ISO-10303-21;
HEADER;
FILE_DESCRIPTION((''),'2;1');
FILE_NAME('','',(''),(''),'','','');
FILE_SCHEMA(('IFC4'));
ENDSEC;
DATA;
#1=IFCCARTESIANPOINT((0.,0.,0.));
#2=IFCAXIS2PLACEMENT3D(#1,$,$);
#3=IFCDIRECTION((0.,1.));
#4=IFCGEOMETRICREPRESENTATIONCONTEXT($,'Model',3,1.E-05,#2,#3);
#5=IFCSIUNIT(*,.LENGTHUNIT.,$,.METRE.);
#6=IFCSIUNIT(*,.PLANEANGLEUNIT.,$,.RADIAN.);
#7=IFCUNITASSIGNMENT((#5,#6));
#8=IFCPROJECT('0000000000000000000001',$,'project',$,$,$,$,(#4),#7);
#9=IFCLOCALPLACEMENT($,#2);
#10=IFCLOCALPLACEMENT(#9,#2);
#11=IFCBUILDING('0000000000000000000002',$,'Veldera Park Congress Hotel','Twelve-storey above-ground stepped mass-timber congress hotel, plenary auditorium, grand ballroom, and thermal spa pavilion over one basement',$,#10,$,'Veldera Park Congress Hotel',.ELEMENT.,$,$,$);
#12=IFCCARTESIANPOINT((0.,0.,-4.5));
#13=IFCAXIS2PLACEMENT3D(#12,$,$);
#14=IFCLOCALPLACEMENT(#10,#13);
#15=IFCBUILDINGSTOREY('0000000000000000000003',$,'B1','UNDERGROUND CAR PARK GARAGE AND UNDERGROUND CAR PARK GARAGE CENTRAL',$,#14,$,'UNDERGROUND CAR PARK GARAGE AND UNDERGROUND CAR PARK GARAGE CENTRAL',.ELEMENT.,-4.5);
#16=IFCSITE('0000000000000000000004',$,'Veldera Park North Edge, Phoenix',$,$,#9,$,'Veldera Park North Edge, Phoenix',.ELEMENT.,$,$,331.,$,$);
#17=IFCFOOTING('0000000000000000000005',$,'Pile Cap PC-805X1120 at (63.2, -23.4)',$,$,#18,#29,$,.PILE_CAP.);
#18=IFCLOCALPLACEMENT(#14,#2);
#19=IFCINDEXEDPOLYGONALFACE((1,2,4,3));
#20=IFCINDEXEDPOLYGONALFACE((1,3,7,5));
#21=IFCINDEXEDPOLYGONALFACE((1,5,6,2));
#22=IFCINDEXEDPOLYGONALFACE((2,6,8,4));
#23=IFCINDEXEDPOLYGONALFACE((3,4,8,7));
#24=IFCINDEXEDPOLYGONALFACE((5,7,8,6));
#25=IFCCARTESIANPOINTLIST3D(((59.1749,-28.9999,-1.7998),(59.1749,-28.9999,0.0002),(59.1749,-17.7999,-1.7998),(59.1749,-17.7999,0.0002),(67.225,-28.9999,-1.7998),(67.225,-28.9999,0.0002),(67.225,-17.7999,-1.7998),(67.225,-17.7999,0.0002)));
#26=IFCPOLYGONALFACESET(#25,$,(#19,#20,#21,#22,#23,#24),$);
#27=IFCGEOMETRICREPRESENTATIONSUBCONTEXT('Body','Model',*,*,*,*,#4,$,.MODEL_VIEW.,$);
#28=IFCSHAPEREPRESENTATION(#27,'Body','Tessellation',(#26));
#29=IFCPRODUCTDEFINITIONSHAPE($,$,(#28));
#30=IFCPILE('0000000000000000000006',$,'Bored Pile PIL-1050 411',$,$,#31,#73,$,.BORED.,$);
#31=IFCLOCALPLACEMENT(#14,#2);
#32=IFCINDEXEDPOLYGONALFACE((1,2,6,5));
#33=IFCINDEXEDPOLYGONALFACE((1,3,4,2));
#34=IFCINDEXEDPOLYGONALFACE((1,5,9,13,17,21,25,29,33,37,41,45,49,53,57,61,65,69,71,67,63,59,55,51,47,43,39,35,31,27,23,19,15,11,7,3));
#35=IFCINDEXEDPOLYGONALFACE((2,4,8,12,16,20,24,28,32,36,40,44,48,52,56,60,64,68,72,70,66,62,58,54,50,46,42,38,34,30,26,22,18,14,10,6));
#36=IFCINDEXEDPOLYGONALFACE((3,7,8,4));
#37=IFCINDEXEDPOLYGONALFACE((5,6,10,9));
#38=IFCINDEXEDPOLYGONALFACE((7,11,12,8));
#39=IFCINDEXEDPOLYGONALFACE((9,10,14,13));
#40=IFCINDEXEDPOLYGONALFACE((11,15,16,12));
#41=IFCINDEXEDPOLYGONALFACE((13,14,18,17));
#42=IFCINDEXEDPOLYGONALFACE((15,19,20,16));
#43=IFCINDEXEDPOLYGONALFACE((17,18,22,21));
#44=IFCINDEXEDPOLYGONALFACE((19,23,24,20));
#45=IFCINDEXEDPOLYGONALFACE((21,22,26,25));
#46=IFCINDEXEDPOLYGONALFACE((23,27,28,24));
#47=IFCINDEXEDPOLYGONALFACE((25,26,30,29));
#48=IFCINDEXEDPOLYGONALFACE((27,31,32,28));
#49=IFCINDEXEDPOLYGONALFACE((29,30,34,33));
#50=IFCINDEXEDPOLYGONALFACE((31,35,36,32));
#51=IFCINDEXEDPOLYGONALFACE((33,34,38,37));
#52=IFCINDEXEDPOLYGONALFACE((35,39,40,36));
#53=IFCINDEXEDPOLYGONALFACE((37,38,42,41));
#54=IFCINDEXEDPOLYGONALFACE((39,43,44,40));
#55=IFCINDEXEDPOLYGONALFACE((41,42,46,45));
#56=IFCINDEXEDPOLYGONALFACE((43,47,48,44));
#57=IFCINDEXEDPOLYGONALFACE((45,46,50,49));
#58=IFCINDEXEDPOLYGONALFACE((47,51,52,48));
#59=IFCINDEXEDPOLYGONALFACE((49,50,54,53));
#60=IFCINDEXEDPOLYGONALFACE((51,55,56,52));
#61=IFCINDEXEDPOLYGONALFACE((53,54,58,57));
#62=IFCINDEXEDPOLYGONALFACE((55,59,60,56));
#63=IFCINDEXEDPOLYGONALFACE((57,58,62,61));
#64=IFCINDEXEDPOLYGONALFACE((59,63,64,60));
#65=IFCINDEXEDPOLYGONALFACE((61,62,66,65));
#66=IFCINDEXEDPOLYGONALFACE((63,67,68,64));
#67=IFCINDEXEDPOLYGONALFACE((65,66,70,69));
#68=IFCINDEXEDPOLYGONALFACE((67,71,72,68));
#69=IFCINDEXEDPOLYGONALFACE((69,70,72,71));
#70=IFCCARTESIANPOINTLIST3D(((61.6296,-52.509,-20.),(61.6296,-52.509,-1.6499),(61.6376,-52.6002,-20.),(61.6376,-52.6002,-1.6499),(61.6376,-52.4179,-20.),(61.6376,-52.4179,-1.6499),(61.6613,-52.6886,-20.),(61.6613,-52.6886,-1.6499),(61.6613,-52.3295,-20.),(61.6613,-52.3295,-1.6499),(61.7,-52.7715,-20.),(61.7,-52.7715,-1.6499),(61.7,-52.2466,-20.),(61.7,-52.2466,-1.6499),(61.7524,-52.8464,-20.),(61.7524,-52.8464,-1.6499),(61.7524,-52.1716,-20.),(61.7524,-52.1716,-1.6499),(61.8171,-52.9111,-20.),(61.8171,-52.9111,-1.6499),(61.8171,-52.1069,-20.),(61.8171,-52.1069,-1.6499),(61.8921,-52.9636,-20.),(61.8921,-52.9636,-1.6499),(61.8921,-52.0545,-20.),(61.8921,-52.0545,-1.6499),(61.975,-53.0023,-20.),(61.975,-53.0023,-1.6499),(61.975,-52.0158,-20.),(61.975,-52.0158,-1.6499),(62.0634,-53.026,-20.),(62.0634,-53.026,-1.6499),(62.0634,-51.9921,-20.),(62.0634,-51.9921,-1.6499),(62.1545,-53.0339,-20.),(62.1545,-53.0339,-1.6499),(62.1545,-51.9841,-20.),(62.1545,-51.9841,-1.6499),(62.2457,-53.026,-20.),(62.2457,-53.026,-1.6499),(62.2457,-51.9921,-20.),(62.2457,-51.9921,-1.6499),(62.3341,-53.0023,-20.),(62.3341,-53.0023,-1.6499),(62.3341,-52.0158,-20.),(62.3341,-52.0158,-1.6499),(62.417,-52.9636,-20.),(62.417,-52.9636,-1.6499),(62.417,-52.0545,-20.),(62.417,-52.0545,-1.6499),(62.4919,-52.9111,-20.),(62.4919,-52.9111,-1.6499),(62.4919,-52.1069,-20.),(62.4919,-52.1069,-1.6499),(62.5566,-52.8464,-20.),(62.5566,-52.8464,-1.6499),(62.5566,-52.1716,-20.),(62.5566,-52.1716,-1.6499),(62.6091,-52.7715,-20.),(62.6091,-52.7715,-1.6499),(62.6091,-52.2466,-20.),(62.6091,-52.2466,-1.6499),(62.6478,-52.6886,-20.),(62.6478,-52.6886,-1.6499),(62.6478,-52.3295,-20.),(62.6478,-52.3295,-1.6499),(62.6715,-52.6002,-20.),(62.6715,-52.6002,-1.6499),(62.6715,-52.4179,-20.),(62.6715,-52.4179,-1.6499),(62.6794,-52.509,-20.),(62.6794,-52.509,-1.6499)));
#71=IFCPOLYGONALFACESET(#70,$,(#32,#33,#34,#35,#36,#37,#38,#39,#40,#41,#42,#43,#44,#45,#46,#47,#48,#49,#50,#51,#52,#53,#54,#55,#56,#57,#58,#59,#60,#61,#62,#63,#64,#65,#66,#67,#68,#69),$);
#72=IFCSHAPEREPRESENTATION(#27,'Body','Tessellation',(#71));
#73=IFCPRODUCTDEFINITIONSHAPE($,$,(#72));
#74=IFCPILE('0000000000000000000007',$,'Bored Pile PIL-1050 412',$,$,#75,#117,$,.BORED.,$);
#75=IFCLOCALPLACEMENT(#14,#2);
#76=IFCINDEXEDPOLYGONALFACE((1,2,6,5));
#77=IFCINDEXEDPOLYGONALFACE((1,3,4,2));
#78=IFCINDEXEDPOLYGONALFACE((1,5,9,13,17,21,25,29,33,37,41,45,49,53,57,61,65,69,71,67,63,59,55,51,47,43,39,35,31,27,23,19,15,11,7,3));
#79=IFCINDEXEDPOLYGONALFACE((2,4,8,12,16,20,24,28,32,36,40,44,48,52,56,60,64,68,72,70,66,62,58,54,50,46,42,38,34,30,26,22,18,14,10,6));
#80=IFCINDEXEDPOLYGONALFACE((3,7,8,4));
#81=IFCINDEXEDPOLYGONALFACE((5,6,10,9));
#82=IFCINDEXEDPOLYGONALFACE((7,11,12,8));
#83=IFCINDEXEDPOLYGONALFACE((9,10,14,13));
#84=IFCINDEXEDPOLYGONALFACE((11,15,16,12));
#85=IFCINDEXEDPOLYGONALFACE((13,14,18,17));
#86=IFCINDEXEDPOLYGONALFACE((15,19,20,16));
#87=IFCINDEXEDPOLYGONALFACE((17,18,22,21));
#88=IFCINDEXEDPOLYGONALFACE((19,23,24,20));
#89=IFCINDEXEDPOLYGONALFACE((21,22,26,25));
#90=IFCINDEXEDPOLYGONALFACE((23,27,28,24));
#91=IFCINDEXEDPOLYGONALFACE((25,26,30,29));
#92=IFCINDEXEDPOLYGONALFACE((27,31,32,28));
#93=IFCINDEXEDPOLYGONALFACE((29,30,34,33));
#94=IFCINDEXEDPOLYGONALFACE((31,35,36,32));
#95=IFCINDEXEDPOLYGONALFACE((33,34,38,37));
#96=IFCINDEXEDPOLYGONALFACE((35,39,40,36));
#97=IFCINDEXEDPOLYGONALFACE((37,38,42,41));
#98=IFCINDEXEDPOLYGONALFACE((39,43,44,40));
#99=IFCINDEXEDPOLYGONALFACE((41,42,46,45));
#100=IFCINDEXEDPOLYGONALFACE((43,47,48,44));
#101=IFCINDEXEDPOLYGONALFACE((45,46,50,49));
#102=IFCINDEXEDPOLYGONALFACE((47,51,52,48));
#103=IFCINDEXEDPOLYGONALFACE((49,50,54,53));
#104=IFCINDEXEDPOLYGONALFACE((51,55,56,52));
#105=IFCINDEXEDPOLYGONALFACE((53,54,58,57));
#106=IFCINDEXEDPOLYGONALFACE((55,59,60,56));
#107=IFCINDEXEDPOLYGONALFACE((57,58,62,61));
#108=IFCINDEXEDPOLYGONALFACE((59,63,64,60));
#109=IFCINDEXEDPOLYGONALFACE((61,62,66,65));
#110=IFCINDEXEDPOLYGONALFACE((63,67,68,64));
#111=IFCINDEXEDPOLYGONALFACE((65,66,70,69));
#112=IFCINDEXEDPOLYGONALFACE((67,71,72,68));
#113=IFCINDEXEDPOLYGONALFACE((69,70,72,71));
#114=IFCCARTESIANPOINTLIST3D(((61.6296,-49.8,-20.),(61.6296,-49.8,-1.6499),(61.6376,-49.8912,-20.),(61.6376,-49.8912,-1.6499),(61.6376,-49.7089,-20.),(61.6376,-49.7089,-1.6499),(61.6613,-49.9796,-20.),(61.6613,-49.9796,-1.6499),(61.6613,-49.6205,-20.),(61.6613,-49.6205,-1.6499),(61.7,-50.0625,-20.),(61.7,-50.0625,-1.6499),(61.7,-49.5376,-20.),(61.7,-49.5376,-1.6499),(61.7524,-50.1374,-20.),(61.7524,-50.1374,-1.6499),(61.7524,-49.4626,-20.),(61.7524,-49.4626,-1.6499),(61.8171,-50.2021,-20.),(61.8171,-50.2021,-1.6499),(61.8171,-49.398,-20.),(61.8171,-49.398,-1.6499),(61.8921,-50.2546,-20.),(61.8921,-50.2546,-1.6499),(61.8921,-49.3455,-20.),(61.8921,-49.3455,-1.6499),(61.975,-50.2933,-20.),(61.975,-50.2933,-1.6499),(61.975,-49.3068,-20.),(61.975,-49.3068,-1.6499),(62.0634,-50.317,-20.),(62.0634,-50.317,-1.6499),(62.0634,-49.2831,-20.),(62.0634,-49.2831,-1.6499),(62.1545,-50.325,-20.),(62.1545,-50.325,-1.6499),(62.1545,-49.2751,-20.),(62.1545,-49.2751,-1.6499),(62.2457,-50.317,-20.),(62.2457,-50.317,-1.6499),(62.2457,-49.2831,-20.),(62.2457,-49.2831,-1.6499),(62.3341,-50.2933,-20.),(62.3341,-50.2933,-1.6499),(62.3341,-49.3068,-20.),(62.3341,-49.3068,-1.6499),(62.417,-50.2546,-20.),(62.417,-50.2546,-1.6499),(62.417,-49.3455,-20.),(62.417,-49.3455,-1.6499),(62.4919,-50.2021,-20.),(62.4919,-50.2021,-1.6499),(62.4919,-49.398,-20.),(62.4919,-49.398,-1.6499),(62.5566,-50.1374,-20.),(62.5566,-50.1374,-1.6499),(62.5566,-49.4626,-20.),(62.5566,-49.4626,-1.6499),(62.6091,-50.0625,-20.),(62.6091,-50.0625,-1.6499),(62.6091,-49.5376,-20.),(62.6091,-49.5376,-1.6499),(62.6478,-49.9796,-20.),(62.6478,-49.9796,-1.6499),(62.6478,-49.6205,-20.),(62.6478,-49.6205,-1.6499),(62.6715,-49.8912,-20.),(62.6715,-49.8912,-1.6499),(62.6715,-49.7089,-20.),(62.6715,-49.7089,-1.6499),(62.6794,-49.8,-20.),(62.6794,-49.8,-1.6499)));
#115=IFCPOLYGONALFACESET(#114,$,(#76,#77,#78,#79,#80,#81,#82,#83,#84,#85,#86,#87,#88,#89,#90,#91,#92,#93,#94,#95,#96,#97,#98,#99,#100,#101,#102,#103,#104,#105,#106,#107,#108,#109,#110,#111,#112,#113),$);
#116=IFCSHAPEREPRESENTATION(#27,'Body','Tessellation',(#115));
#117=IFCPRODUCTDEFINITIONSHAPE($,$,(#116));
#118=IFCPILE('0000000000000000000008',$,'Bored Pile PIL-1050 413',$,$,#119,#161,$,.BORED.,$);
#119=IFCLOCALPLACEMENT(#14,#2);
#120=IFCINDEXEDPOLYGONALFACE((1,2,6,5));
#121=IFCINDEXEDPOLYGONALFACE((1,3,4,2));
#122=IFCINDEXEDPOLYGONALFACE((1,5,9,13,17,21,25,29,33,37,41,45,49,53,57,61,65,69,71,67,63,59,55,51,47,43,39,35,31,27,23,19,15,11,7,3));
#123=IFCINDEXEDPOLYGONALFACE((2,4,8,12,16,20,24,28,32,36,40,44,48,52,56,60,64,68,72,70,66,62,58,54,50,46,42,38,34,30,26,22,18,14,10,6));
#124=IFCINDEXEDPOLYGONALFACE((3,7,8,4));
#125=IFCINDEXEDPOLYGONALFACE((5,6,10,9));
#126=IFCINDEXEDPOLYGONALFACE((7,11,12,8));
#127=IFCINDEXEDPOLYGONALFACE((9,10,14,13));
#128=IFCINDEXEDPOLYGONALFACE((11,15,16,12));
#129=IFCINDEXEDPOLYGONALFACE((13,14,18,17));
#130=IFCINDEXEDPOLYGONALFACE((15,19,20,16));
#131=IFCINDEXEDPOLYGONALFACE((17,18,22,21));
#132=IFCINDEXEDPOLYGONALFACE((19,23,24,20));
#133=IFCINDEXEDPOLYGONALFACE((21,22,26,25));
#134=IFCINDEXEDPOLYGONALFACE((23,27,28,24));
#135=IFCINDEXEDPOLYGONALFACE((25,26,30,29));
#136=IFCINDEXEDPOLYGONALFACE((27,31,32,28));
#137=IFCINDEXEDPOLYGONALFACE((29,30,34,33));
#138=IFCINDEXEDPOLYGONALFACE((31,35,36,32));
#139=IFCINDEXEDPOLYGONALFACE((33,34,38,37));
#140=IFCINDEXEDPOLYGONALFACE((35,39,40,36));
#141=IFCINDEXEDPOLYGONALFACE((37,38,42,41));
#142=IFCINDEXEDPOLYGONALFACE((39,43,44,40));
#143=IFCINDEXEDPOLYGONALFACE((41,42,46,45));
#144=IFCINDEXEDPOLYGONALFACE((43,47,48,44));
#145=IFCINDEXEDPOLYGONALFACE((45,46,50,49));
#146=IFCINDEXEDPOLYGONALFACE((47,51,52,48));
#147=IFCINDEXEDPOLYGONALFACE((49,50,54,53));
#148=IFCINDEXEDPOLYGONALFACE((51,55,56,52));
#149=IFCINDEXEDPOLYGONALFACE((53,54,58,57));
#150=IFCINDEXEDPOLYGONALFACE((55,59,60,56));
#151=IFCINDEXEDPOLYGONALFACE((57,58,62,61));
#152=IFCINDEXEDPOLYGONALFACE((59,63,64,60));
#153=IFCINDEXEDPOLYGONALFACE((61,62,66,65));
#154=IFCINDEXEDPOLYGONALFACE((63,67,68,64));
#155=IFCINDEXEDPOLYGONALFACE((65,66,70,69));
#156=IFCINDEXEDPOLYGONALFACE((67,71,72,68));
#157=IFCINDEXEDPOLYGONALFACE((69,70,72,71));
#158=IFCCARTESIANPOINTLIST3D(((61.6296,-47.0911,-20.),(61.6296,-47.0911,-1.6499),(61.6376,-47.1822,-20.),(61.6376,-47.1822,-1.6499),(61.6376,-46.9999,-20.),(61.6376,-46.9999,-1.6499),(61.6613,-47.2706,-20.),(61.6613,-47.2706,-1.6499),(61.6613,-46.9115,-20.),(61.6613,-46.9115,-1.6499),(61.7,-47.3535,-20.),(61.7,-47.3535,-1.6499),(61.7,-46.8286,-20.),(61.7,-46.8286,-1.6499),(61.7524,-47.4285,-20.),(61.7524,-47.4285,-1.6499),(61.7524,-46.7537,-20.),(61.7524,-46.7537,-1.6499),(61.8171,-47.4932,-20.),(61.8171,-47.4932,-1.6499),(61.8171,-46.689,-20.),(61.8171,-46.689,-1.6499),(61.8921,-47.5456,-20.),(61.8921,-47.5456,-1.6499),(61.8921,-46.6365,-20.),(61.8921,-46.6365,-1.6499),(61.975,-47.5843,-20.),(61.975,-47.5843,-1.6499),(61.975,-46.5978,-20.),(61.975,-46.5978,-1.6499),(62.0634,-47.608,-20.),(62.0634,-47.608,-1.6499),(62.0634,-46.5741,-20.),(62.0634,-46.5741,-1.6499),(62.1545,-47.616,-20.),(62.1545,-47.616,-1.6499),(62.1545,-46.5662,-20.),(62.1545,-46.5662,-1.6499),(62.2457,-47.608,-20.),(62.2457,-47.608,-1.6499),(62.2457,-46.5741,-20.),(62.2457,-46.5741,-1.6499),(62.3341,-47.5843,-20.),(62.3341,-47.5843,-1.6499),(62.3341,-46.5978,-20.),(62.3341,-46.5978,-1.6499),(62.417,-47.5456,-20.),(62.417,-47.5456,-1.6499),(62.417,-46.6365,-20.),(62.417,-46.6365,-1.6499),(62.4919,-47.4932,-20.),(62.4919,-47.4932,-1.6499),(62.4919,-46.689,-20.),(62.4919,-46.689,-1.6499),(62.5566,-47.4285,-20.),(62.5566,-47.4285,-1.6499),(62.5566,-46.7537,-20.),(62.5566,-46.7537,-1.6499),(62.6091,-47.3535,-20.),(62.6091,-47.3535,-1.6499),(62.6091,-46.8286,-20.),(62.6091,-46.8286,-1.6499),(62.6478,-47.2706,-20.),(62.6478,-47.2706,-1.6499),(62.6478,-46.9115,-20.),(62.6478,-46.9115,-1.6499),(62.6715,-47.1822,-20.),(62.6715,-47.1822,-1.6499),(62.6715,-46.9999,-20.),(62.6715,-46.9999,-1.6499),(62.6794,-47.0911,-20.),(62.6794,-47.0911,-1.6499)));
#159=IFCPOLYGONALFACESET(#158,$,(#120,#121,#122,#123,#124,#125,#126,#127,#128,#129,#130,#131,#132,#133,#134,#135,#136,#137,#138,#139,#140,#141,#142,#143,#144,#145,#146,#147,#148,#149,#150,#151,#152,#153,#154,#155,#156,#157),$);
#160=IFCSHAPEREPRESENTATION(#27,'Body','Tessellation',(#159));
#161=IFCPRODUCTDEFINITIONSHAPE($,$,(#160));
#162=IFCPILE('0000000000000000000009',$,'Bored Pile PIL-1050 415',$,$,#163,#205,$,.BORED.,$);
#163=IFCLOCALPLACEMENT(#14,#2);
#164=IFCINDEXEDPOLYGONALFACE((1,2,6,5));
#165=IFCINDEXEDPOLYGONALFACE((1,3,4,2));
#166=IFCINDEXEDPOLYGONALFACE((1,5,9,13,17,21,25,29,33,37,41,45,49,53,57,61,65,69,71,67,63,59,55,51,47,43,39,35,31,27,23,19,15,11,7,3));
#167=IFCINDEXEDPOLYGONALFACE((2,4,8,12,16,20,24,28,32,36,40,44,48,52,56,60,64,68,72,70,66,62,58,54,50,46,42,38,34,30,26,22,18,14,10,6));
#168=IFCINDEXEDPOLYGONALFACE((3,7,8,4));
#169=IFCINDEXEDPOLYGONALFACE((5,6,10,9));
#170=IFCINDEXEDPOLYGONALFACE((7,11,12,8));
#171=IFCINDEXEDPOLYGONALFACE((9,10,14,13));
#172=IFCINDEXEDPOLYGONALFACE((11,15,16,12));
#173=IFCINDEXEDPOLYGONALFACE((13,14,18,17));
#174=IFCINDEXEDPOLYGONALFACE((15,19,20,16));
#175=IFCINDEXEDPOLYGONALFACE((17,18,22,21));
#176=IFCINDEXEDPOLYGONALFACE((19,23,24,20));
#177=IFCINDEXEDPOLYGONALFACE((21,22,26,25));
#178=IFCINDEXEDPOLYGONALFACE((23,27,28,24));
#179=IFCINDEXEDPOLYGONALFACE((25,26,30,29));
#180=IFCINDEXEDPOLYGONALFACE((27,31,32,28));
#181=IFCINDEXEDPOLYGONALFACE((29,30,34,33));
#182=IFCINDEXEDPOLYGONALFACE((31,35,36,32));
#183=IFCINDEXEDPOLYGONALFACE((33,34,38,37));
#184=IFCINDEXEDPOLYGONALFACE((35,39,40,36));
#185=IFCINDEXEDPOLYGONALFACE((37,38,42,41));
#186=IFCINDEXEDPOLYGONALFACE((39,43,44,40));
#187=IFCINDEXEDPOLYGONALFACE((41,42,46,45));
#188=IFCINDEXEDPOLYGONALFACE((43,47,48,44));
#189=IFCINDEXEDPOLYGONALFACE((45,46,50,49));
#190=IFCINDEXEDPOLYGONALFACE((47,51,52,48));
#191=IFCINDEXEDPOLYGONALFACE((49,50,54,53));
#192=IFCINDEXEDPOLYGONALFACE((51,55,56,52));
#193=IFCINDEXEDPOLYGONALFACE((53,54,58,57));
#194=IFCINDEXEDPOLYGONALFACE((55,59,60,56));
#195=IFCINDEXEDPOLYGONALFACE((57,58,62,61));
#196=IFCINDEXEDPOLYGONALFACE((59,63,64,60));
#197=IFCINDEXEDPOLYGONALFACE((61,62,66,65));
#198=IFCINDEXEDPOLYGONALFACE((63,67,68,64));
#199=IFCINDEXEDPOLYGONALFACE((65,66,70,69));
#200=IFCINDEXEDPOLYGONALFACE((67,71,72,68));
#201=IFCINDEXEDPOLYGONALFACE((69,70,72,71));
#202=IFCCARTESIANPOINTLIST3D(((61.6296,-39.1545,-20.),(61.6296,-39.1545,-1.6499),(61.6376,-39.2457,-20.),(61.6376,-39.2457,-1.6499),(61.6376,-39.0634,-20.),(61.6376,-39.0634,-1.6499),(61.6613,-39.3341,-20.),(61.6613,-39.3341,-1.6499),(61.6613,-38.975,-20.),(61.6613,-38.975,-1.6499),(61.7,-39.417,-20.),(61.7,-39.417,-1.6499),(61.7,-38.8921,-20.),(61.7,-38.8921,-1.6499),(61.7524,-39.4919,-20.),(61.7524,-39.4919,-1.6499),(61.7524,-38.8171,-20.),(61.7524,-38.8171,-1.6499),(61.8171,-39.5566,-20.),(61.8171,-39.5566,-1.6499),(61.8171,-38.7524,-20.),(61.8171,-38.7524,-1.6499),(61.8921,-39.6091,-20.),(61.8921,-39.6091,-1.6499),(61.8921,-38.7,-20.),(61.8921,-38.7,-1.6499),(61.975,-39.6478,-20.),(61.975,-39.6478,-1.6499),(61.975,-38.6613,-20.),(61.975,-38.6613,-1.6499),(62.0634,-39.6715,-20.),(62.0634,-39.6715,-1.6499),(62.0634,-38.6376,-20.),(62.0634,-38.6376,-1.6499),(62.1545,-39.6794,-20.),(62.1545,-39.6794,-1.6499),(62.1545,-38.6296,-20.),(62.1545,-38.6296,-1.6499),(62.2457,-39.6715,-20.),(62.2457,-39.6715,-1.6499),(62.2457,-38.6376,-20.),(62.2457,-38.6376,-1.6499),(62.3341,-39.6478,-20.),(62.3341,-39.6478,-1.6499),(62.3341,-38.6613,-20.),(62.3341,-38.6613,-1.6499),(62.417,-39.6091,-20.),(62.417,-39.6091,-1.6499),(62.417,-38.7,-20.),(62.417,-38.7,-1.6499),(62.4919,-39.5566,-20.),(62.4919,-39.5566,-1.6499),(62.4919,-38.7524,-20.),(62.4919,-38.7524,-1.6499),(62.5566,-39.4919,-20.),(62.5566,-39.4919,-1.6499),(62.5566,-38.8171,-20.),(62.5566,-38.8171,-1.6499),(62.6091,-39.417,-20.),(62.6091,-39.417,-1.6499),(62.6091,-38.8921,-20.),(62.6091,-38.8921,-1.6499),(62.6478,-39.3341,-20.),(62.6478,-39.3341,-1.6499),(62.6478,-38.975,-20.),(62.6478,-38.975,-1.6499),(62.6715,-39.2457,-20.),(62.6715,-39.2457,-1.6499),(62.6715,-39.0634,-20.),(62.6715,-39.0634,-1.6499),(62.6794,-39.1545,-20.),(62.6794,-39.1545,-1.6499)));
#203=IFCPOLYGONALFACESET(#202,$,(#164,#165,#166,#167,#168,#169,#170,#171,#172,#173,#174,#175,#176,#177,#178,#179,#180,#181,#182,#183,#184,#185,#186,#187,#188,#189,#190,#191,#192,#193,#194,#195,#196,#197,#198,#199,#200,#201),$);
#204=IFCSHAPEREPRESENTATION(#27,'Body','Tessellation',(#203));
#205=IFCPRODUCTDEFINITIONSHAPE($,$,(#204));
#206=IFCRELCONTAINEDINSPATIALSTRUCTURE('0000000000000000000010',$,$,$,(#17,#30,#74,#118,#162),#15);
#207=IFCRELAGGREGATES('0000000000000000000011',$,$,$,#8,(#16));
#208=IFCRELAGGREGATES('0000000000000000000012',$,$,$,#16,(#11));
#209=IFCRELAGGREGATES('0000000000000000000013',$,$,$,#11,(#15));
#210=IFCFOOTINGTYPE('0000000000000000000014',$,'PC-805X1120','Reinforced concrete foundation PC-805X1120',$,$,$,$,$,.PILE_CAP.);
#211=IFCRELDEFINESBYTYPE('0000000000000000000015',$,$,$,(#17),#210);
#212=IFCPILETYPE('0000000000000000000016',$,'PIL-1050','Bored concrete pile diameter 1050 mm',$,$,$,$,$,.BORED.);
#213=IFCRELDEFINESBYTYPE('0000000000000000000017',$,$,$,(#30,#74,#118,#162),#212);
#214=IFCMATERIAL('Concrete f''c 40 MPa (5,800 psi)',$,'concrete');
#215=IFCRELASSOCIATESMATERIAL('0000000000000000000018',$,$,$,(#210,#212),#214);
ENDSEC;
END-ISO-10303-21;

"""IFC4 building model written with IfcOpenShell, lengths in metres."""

from ifc_helpers import new_model, si_unit, direction, frame, origin, origin_2d, place, context, subcontext, project, spatial, rectangle, circle, extrude, material, material_profile, profile_set, type_object, element, save


model = new_model("IFC4")

# Units and contexts
model_context = context("Model", 3, precision=1e-05, world=origin(), true_north=direction((0.0, 1.0)))
body_context = subcontext(model_context, "Body", "Model", "MODEL_VIEW")
ifc_project = project(units=[si_unit("LENGTHUNIT", "METRE"), si_unit("PLANEANGLEUNIT", "RADIAN")], contexts=[model_context])

# Site, building, storey
site_placement = place(None, origin())
site = spatial("IfcSite", under=ifc_project, at=site_placement, Name="Veldera Park North Edge, Phoenix", LongName="Veldera Park North Edge, Phoenix", CompositionType="ELEMENT", RefElevation=331.0)
building_placement = place(site_placement, origin())
building = spatial("IfcBuilding", under=site, at=building_placement, Name="Veldera Park Congress Hotel", Description="Twelve-storey above-ground stepped mass-timber congress hotel, plenary auditorium, grand ballroom, and thermal spa pavilion over one basement", LongName="Veldera Park Congress Hotel", CompositionType="ELEMENT")
storey_placement = place(building_placement, frame((0.0, 0.0, -4.5)))
storey = spatial("IfcBuildingStorey", under=building, at=storey_placement, Name="B1", Description="UNDERGROUND CAR PARK GARAGE AND UNDERGROUND CAR PARK GARAGE CENTRAL", LongName="UNDERGROUND CAR PARK GARAGE AND UNDERGROUND CAR PARK GARAGE CENTRAL", CompositionType="ELEMENT", Elevation=-4.5)

# Footing
ifc_material_1 = material(Name="Concrete f'c 40 MPa (5,800 psi)", Category="concrete")
footing_type = type_object("IfcFootingType", Name="PC-805X1120", Description="Reinforced concrete foundation PC-805X1120", PredefinedType="PILE_CAP", material=ifc_material_1)
footing_placement = place(storey_placement, frame((63.2, -23.3999, -1.7998), z_axis=(0.0, 0.0, 1.0), x_axis=(1.0, 0.0, 0.0)))
element("IfcFooting", 1, at=footing_placement, inside=storey, type_object=footing_type, Name="Pile Cap PC-805X1120 at (63.2, -23.4)", PredefinedType="PILE_CAP", context=body_context, shape_type="SweptSolid", body=[
    extrude(rectangle(XDim=8.05, YDim=11.2, at=origin_2d()), origin(), (0.0, 0.0, 1.0), 1.8),
])

# Piles
ifc_material_profile_1 = material_profile(ifc_material_1, circle(Radius=0.5249, at=origin_2d()), Name="PILE D1050")
ifc_profile_set_1 = profile_set([ifc_material_profile_1], Name="Concrete f'c 40 MPa (5,800 psi)")
pile_type_1 = type_object("IfcPileType", Name="PIL-1050", Description="Bored concrete pile diameter 1050 mm", PredefinedType="BORED", material=ifc_profile_set_1)
for number, where, z_axis, x_axis, name in (
    (2, (62.1545, -52.509, -1.6499), (0.0, 0.0, -1.0), (1.0, 0.0, 0.0), "Bored Pile PIL-1050 411"),
    (3, (62.1545, -49.8, -1.6499), (0.0, 0.0, -1.0), (1.0, 0.0, 0.0), "Bored Pile PIL-1050 412"),
    (4, (62.1545, -47.0911, -1.6499), (0.0, 0.0, -1.0), (1.0, 0.0, 0.0), "Bored Pile PIL-1050 413"),
    (5, (62.1545, -39.1545, -1.6499), (0.0, 0.0, -1.0), (1.0, 0.0, 0.0), "Bored Pile PIL-1050 415"),
):
    element("IfcPile", number, at=place(storey_placement, frame(where, z_axis=z_axis, x_axis=x_axis)), inside=storey, type_object=pile_type_1, Name=name, PredefinedType="BORED", context=body_context, shape_type="SweptSolid", body=[
        extrude(circle(Radius=0.5249, at=origin_2d()), origin(), (0.0, 0.0, 1.0), 18.3501),
    ])

save(model, "model.ifc")
